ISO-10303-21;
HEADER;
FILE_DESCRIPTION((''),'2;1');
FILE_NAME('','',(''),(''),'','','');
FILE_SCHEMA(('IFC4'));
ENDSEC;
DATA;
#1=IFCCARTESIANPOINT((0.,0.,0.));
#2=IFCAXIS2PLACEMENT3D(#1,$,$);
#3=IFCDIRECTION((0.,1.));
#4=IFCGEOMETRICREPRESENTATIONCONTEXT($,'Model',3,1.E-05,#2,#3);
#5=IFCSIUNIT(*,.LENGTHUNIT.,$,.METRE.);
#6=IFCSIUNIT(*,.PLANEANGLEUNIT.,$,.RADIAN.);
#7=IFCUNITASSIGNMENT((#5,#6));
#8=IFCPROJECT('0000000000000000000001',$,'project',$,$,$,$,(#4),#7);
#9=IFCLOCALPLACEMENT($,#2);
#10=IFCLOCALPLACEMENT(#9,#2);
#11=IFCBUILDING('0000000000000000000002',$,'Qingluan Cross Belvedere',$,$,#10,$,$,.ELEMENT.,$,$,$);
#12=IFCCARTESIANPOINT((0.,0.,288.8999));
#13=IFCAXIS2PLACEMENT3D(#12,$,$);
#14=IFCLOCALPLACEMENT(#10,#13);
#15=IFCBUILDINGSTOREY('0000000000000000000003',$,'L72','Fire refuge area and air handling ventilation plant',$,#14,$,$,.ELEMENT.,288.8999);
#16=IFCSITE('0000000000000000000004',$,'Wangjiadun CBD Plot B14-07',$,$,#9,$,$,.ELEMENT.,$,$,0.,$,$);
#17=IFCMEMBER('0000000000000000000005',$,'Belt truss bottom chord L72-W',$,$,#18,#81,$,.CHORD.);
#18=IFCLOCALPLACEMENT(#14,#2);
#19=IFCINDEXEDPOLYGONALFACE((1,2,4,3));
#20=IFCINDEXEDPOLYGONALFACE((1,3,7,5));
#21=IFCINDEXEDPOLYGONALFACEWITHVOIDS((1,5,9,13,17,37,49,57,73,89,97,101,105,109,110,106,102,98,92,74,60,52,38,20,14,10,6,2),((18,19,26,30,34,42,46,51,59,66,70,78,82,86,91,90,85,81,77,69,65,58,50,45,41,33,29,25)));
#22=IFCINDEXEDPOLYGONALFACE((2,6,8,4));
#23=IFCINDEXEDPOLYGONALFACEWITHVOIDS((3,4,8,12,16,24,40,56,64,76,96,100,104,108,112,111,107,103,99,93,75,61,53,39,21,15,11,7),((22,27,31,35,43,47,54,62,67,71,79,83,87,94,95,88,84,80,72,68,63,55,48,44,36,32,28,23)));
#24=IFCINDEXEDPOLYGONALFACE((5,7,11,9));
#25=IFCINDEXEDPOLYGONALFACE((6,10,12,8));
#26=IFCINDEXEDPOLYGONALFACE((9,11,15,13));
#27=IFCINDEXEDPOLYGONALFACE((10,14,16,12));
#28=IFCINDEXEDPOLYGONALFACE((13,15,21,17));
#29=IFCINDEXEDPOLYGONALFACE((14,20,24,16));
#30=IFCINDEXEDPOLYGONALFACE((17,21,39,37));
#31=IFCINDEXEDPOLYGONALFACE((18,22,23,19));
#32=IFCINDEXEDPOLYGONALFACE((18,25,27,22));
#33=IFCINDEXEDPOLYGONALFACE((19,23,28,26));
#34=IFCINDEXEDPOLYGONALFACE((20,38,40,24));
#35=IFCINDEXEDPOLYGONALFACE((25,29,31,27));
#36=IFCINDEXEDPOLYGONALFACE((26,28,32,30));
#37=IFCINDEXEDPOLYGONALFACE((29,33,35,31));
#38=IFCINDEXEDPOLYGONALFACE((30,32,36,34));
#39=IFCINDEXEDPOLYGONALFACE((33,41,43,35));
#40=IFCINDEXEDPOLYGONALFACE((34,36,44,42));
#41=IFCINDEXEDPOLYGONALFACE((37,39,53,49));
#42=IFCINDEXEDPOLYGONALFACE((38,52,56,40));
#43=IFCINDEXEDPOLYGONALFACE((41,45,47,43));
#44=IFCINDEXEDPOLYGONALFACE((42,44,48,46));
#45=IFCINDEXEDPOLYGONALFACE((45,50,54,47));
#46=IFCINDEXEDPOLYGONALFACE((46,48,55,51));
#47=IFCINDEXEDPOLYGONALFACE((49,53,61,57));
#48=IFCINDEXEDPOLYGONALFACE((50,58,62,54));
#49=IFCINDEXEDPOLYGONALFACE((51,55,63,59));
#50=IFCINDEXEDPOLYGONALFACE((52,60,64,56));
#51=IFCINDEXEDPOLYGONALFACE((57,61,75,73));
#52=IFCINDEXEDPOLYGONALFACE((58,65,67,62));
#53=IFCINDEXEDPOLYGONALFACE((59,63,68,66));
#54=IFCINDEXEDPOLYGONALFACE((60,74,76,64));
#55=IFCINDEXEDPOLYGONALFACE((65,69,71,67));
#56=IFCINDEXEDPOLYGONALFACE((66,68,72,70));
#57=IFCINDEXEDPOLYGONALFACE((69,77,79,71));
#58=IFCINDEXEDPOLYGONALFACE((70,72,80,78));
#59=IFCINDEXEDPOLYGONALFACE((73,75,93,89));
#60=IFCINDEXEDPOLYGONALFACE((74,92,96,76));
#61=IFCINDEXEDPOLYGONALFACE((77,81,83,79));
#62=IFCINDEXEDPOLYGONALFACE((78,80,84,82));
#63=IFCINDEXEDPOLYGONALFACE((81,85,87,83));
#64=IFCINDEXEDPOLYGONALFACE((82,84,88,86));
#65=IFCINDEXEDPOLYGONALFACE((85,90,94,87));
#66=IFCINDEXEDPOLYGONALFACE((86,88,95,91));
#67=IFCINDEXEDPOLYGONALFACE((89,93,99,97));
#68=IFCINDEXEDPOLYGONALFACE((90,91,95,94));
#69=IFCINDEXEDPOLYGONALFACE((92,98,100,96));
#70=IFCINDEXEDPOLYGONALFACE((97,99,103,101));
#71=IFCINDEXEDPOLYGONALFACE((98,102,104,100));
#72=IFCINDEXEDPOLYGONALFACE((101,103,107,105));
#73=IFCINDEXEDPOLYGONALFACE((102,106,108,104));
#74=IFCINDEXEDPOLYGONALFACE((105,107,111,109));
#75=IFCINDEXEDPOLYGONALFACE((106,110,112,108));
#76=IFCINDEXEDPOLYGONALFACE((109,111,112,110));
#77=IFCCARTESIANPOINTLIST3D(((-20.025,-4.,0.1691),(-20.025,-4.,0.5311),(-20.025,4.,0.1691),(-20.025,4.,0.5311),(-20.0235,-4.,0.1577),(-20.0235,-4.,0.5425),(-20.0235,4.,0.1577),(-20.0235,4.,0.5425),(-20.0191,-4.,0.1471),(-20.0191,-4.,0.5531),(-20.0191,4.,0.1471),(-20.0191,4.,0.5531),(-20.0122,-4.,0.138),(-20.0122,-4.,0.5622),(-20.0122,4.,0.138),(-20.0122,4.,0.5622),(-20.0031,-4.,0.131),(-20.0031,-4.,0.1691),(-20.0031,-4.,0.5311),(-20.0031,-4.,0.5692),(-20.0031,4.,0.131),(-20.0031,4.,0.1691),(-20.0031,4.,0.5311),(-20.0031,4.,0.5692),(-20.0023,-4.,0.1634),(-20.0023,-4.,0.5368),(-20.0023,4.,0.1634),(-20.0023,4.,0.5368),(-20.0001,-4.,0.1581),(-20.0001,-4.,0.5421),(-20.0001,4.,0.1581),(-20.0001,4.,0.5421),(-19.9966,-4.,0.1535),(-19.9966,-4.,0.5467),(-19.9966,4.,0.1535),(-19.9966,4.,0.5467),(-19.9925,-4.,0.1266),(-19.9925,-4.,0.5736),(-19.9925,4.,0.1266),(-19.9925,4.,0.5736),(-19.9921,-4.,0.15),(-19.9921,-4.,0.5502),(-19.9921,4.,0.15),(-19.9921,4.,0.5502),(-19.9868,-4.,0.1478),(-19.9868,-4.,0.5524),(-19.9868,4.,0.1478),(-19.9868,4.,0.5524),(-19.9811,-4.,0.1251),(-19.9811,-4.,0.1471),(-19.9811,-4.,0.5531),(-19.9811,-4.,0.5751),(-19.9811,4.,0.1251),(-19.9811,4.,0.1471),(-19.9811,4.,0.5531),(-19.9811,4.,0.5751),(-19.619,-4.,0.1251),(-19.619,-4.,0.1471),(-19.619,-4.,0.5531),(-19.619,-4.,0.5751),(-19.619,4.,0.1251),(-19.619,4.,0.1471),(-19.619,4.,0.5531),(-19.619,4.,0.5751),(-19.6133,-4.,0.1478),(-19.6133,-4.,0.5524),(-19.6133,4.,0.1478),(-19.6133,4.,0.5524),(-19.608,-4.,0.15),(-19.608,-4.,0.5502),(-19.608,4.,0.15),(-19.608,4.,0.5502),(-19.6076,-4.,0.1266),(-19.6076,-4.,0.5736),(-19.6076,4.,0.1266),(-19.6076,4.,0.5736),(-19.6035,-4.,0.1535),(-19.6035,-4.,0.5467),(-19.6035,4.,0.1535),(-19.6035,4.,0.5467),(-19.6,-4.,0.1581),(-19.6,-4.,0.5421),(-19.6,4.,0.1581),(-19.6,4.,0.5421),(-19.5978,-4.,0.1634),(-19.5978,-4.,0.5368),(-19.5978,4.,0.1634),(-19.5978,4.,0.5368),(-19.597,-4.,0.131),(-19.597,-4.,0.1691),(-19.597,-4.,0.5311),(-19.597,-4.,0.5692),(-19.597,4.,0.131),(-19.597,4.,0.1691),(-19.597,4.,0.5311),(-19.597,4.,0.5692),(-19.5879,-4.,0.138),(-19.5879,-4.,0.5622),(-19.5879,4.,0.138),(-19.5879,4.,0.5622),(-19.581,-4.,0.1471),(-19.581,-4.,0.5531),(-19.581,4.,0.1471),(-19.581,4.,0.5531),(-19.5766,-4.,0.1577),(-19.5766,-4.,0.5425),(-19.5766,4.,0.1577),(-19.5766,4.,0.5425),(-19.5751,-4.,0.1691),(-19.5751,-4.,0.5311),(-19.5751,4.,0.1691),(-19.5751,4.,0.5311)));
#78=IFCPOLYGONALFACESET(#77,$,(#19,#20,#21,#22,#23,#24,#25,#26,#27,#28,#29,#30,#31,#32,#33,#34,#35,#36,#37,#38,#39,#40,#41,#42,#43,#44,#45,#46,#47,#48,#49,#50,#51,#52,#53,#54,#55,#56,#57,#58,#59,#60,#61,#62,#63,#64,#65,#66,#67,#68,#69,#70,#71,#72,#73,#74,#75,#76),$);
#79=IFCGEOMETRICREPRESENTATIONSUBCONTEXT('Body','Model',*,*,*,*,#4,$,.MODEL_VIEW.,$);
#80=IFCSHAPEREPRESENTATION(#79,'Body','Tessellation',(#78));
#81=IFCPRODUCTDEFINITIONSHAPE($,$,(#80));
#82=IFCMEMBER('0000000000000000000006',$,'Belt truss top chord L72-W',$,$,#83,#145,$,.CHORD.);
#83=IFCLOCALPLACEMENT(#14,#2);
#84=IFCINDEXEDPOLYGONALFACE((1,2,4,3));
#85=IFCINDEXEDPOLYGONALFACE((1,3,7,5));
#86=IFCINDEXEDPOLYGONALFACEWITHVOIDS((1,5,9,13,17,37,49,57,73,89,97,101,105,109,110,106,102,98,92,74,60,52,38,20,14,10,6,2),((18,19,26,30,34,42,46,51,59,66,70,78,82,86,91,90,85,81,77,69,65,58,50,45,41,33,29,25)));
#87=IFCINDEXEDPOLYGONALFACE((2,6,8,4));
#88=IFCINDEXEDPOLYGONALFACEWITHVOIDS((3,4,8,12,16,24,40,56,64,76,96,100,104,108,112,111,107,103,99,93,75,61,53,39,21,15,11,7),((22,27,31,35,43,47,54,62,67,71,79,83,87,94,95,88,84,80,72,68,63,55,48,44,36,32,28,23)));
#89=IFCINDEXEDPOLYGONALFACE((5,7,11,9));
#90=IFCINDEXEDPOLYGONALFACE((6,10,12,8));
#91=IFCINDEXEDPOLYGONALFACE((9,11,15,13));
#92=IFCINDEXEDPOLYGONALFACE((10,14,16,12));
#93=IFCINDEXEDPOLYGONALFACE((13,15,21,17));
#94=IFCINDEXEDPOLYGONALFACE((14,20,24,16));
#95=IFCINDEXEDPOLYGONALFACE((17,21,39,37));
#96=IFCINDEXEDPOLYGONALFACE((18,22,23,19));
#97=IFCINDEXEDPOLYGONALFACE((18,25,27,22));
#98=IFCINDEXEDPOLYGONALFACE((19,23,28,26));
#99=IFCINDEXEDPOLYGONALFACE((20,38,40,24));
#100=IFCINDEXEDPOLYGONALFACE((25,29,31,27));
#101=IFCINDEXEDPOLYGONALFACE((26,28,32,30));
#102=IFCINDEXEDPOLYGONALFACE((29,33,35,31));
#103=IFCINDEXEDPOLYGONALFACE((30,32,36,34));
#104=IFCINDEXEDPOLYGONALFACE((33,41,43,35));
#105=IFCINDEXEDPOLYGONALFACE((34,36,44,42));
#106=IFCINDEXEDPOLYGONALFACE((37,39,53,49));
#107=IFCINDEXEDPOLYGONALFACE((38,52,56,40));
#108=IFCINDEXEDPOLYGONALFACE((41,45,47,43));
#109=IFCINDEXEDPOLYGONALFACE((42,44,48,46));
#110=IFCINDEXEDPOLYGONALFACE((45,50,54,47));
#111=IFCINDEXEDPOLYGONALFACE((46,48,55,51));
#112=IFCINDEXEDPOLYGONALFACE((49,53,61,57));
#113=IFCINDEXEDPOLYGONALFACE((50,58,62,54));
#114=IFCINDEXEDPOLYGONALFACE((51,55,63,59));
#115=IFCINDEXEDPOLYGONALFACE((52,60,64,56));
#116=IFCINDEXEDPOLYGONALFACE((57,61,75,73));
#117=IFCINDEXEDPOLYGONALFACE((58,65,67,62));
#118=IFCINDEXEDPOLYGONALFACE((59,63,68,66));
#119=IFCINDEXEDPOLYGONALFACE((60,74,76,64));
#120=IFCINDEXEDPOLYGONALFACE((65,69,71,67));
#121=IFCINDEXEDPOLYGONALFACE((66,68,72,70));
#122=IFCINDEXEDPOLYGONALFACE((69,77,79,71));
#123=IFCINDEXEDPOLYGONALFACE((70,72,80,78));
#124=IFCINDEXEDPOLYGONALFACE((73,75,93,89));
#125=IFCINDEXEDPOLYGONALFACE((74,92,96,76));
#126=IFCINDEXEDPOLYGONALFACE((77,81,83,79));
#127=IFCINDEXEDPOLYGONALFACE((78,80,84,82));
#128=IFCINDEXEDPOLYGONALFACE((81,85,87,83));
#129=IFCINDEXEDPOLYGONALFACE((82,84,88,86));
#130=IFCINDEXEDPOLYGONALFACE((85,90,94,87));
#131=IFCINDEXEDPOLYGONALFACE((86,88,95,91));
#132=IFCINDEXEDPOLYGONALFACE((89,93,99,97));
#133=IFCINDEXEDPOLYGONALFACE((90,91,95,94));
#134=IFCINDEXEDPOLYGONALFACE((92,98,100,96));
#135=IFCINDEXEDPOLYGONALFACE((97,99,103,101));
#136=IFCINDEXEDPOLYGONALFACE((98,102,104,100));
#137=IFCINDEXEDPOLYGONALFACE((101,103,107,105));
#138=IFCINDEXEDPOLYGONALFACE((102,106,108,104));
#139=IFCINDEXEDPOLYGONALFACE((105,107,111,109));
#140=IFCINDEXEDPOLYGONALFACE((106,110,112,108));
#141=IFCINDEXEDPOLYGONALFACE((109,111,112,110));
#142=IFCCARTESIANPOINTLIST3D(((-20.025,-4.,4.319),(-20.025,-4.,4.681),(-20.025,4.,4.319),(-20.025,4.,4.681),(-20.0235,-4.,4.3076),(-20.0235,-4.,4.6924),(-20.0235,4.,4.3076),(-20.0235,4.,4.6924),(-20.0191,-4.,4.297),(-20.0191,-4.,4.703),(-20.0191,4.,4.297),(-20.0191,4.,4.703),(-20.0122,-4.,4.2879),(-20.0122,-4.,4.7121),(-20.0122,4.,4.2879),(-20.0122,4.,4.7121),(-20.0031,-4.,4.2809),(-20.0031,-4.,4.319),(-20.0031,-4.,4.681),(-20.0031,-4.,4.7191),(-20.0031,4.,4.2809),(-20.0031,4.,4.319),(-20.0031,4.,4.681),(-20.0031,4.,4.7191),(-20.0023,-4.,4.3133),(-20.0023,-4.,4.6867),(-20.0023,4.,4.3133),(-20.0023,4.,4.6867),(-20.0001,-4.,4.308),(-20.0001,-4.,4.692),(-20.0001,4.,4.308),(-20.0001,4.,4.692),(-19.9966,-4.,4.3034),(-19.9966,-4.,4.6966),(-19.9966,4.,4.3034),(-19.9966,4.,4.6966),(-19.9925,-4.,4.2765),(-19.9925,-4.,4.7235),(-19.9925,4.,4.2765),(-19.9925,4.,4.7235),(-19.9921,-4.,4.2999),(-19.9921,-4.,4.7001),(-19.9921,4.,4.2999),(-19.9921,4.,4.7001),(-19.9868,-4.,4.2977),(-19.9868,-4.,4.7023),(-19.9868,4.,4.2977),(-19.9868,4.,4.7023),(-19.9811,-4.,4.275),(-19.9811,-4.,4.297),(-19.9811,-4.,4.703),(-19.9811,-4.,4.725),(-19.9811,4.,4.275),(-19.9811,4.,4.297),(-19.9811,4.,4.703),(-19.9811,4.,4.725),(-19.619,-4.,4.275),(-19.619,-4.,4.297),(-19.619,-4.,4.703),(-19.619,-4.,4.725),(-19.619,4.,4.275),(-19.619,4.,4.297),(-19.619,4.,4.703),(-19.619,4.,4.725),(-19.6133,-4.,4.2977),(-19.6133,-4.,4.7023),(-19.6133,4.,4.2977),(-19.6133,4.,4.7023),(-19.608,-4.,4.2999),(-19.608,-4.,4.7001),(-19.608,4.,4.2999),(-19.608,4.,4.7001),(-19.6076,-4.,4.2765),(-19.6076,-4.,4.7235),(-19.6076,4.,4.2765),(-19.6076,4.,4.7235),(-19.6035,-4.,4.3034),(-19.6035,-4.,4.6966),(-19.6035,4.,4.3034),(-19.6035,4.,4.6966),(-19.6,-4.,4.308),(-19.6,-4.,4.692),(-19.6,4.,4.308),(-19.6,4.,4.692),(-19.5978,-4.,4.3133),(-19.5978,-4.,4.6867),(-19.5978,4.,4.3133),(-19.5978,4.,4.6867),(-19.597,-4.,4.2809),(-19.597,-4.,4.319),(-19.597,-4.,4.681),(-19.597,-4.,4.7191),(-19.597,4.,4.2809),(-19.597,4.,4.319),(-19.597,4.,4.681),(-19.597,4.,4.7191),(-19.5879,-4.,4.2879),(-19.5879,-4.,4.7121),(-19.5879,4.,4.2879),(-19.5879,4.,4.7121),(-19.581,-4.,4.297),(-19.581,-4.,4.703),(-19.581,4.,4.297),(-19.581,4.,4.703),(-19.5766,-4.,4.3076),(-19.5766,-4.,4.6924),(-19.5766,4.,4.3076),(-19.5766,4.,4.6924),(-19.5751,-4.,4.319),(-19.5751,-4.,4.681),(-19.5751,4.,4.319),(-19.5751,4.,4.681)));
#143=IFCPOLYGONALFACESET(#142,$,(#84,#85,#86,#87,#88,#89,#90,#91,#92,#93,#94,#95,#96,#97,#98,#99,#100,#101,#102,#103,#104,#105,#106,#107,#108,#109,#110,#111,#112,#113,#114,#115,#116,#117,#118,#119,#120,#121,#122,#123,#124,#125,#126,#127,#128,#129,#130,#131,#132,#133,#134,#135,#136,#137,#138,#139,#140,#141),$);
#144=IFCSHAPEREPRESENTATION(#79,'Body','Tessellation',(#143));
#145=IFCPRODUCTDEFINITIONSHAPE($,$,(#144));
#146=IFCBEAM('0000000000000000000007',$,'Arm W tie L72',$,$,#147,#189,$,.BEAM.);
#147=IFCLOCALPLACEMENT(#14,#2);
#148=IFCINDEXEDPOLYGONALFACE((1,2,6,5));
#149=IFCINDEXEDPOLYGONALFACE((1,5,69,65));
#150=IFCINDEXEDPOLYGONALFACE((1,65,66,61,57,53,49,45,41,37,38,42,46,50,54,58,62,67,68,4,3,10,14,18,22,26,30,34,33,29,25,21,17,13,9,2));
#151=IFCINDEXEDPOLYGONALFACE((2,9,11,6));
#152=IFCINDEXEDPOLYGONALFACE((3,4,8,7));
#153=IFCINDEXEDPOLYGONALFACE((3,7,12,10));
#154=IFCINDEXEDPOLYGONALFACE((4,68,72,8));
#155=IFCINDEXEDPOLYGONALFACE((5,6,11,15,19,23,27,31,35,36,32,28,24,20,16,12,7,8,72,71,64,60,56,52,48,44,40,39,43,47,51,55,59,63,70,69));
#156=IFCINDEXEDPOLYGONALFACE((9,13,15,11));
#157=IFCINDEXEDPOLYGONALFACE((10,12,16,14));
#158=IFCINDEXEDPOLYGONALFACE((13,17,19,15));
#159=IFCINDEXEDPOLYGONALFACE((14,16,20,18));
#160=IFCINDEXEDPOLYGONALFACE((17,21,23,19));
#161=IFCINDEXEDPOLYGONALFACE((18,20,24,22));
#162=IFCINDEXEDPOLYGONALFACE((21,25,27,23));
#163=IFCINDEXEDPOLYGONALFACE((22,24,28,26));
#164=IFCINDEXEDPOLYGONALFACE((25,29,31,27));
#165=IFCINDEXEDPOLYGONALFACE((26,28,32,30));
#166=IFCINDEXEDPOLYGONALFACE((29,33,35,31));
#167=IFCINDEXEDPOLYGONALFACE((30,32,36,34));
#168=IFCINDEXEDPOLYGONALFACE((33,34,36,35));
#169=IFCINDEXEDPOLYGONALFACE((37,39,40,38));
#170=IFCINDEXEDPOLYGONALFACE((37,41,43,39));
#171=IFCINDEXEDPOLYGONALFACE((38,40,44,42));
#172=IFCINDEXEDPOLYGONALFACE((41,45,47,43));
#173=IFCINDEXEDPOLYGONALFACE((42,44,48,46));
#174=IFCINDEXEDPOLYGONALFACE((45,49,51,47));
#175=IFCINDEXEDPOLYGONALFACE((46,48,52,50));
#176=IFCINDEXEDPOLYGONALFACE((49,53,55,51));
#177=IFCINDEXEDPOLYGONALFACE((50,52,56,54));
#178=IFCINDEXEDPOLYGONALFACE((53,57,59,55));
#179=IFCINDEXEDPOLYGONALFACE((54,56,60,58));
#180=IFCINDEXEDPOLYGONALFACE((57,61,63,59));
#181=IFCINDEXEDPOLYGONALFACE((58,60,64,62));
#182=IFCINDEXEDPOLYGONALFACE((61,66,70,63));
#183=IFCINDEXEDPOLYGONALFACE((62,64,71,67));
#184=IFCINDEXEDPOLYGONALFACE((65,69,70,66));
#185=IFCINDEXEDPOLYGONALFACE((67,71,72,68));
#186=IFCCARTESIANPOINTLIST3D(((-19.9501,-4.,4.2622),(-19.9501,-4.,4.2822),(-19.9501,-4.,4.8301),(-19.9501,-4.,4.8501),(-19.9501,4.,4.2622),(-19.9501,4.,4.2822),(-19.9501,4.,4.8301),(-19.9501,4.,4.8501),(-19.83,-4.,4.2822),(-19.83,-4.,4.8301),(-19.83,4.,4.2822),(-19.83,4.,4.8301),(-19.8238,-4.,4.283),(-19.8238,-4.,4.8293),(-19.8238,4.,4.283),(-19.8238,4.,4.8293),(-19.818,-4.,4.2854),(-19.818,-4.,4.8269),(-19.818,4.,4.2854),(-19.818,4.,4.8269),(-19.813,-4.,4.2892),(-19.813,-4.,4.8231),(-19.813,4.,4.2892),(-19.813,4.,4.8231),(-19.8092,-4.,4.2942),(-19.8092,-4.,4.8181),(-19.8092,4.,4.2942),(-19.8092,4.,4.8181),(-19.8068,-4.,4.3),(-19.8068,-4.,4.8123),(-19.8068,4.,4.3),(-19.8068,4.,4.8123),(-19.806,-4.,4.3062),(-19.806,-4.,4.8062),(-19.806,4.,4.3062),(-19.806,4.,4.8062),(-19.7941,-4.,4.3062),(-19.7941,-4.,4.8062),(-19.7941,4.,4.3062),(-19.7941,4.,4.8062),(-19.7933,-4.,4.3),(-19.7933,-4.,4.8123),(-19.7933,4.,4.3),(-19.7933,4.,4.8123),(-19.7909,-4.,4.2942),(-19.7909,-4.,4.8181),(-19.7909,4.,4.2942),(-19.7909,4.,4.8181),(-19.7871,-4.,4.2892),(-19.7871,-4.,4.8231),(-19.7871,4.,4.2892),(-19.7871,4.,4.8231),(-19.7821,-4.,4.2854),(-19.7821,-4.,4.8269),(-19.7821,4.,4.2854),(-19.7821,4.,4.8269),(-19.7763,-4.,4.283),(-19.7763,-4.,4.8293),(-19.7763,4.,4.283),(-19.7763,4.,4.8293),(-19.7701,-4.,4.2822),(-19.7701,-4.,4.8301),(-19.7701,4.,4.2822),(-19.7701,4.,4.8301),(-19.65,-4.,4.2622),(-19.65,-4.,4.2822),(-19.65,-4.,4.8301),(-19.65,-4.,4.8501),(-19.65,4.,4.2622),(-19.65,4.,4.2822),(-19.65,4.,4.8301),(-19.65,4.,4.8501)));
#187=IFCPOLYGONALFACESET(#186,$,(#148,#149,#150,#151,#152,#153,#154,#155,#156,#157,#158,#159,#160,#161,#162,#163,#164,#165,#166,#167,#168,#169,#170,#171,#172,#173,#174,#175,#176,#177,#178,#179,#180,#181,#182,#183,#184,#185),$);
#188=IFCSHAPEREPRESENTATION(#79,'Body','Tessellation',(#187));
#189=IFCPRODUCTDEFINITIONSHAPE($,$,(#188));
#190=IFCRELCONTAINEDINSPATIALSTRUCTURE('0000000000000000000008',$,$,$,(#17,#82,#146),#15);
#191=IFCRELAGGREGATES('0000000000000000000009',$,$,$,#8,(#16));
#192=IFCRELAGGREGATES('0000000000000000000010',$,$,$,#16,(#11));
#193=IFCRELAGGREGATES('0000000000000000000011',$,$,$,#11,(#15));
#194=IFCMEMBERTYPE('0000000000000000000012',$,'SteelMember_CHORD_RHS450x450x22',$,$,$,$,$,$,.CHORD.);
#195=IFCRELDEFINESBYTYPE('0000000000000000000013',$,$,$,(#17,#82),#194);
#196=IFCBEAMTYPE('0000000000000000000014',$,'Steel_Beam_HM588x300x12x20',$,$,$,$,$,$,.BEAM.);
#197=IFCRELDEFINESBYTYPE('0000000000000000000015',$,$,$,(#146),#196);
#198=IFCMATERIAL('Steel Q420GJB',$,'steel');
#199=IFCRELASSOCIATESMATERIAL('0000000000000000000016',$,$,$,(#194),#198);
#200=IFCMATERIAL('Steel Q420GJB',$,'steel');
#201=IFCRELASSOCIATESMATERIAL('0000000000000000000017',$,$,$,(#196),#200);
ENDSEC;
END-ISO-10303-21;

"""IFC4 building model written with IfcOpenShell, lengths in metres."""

from ifc_helpers import new_model, si_unit, direction, frame, origin, origin_2d, place, context, subcontext, project, spatial, hollow_rectangle, i_section, extrude, material, material_profile, profile_set, type_object, element, save


model = new_model("IFC4")

# Units and contexts
model_context = context("Model", 3, precision=1e-05, world=origin(), true_north=direction((0.0, 1.0)))
body_context = subcontext(model_context, "Body", "Model", "MODEL_VIEW")
ifc_project = project(units=[si_unit("LENGTHUNIT", "METRE"), si_unit("PLANEANGLEUNIT", "RADIAN")], contexts=[model_context])

# Site, building, storey
site_placement = place(None, origin())
site = spatial("IfcSite", under=ifc_project, at=site_placement, Name="Wangjiadun CBD Plot B14-07", CompositionType="ELEMENT", RefElevation=0.0)
building_placement = place(site_placement, origin())
building = spatial("IfcBuilding", under=site, at=building_placement, Name="Qingluan Cross Belvedere", CompositionType="ELEMENT")
storey_placement = place(building_placement, frame((0.0, 0.0, 288.8999)))
storey = spatial("IfcBuildingStorey", under=building, at=storey_placement, Name="L72", Description="Fire refuge area and air handling ventilation plant", CompositionType="ELEMENT", Elevation=288.8999)

# Members
ifc_material_1 = material(Name="Steel Q420GJB", Category="steel")
ifc_material_profile_1 = material_profile(ifc_material_1, hollow_rectangle(XDim=0.45, YDim=0.45, WallThickness=0.022, InnerFilletRadius=0.022, OuterFilletRadius=0.0439, at=origin_2d()), Name="RHS450x450x22")
ifc_profile_set_1 = profile_set([ifc_material_profile_1], Name="Steel Q420GJB")
member_type_1 = type_object("IfcMemberType", Name="SteelMember_CHORD_RHS450x450x22", PredefinedType="CHORD", material=ifc_profile_set_1)
for number, where, z_axis, x_axis, name in (
    (1, (-19.8, -4.0, 0.3501), (0.0, 1.0, 0.0), (-1.0, 0.0, 0.0), "Belt truss bottom chord L72-W"),
    (2, (-19.8, -4.0, 4.5), (0.0, 1.0, 0.0), (-1.0, 0.0, 0.0), "Belt truss top chord L72-W"),
):
    element("IfcMember", number, at=place(storey_placement, frame(where, z_axis=z_axis, x_axis=x_axis)), inside=storey, type_object=member_type_1, Name=name, PredefinedType="CHORD", context=body_context, shape_type="SweptSolid", body=[
        extrude(hollow_rectangle(XDim=0.45, YDim=0.45, WallThickness=0.022, InnerFilletRadius=0.022, OuterFilletRadius=0.0439, at=origin_2d()), origin(), (0.0, 0.0, 1.0), 8.0),
    ])

# Beam
ifc_material_2 = material(Name="Steel Q420GJB", Category="steel")
ifc_material_profile_2 = material_profile(ifc_material_2, i_section(OverallWidth=0.3, OverallDepth=0.5879, WebThickness=0.012, FlangeThickness=0.02, FilletRadius=0.0239, at=origin_2d()), Name="HM588x300x12x20")
ifc_profile_set_2 = profile_set([ifc_material_profile_2], Name="Steel Q420GJB")
beam_type_1 = type_object("IfcBeamType", Name="Steel_Beam_HM588x300x12x20", PredefinedType="BEAM", material=ifc_profile_set_2)
beam_1_placement = place(storey_placement, frame((-19.8, -4.0, 4.5562), z_axis=(0.0, 1.0, 0.0), x_axis=(-1.0, 0.0, 0.0)))
element("IfcBeam", 3, at=beam_1_placement, inside=storey, type_object=beam_type_1, Name="Arm W tie L72", PredefinedType="BEAM", context=body_context, shape_type="SweptSolid", body=[
    extrude(i_section(OverallWidth=0.3, OverallDepth=0.5879, WebThickness=0.012, FlangeThickness=0.02, FilletRadius=0.0239, at=origin_2d()), origin(), (0.0, 0.0, 1.0), 8.0),
])

save(model, "model.ifc")
